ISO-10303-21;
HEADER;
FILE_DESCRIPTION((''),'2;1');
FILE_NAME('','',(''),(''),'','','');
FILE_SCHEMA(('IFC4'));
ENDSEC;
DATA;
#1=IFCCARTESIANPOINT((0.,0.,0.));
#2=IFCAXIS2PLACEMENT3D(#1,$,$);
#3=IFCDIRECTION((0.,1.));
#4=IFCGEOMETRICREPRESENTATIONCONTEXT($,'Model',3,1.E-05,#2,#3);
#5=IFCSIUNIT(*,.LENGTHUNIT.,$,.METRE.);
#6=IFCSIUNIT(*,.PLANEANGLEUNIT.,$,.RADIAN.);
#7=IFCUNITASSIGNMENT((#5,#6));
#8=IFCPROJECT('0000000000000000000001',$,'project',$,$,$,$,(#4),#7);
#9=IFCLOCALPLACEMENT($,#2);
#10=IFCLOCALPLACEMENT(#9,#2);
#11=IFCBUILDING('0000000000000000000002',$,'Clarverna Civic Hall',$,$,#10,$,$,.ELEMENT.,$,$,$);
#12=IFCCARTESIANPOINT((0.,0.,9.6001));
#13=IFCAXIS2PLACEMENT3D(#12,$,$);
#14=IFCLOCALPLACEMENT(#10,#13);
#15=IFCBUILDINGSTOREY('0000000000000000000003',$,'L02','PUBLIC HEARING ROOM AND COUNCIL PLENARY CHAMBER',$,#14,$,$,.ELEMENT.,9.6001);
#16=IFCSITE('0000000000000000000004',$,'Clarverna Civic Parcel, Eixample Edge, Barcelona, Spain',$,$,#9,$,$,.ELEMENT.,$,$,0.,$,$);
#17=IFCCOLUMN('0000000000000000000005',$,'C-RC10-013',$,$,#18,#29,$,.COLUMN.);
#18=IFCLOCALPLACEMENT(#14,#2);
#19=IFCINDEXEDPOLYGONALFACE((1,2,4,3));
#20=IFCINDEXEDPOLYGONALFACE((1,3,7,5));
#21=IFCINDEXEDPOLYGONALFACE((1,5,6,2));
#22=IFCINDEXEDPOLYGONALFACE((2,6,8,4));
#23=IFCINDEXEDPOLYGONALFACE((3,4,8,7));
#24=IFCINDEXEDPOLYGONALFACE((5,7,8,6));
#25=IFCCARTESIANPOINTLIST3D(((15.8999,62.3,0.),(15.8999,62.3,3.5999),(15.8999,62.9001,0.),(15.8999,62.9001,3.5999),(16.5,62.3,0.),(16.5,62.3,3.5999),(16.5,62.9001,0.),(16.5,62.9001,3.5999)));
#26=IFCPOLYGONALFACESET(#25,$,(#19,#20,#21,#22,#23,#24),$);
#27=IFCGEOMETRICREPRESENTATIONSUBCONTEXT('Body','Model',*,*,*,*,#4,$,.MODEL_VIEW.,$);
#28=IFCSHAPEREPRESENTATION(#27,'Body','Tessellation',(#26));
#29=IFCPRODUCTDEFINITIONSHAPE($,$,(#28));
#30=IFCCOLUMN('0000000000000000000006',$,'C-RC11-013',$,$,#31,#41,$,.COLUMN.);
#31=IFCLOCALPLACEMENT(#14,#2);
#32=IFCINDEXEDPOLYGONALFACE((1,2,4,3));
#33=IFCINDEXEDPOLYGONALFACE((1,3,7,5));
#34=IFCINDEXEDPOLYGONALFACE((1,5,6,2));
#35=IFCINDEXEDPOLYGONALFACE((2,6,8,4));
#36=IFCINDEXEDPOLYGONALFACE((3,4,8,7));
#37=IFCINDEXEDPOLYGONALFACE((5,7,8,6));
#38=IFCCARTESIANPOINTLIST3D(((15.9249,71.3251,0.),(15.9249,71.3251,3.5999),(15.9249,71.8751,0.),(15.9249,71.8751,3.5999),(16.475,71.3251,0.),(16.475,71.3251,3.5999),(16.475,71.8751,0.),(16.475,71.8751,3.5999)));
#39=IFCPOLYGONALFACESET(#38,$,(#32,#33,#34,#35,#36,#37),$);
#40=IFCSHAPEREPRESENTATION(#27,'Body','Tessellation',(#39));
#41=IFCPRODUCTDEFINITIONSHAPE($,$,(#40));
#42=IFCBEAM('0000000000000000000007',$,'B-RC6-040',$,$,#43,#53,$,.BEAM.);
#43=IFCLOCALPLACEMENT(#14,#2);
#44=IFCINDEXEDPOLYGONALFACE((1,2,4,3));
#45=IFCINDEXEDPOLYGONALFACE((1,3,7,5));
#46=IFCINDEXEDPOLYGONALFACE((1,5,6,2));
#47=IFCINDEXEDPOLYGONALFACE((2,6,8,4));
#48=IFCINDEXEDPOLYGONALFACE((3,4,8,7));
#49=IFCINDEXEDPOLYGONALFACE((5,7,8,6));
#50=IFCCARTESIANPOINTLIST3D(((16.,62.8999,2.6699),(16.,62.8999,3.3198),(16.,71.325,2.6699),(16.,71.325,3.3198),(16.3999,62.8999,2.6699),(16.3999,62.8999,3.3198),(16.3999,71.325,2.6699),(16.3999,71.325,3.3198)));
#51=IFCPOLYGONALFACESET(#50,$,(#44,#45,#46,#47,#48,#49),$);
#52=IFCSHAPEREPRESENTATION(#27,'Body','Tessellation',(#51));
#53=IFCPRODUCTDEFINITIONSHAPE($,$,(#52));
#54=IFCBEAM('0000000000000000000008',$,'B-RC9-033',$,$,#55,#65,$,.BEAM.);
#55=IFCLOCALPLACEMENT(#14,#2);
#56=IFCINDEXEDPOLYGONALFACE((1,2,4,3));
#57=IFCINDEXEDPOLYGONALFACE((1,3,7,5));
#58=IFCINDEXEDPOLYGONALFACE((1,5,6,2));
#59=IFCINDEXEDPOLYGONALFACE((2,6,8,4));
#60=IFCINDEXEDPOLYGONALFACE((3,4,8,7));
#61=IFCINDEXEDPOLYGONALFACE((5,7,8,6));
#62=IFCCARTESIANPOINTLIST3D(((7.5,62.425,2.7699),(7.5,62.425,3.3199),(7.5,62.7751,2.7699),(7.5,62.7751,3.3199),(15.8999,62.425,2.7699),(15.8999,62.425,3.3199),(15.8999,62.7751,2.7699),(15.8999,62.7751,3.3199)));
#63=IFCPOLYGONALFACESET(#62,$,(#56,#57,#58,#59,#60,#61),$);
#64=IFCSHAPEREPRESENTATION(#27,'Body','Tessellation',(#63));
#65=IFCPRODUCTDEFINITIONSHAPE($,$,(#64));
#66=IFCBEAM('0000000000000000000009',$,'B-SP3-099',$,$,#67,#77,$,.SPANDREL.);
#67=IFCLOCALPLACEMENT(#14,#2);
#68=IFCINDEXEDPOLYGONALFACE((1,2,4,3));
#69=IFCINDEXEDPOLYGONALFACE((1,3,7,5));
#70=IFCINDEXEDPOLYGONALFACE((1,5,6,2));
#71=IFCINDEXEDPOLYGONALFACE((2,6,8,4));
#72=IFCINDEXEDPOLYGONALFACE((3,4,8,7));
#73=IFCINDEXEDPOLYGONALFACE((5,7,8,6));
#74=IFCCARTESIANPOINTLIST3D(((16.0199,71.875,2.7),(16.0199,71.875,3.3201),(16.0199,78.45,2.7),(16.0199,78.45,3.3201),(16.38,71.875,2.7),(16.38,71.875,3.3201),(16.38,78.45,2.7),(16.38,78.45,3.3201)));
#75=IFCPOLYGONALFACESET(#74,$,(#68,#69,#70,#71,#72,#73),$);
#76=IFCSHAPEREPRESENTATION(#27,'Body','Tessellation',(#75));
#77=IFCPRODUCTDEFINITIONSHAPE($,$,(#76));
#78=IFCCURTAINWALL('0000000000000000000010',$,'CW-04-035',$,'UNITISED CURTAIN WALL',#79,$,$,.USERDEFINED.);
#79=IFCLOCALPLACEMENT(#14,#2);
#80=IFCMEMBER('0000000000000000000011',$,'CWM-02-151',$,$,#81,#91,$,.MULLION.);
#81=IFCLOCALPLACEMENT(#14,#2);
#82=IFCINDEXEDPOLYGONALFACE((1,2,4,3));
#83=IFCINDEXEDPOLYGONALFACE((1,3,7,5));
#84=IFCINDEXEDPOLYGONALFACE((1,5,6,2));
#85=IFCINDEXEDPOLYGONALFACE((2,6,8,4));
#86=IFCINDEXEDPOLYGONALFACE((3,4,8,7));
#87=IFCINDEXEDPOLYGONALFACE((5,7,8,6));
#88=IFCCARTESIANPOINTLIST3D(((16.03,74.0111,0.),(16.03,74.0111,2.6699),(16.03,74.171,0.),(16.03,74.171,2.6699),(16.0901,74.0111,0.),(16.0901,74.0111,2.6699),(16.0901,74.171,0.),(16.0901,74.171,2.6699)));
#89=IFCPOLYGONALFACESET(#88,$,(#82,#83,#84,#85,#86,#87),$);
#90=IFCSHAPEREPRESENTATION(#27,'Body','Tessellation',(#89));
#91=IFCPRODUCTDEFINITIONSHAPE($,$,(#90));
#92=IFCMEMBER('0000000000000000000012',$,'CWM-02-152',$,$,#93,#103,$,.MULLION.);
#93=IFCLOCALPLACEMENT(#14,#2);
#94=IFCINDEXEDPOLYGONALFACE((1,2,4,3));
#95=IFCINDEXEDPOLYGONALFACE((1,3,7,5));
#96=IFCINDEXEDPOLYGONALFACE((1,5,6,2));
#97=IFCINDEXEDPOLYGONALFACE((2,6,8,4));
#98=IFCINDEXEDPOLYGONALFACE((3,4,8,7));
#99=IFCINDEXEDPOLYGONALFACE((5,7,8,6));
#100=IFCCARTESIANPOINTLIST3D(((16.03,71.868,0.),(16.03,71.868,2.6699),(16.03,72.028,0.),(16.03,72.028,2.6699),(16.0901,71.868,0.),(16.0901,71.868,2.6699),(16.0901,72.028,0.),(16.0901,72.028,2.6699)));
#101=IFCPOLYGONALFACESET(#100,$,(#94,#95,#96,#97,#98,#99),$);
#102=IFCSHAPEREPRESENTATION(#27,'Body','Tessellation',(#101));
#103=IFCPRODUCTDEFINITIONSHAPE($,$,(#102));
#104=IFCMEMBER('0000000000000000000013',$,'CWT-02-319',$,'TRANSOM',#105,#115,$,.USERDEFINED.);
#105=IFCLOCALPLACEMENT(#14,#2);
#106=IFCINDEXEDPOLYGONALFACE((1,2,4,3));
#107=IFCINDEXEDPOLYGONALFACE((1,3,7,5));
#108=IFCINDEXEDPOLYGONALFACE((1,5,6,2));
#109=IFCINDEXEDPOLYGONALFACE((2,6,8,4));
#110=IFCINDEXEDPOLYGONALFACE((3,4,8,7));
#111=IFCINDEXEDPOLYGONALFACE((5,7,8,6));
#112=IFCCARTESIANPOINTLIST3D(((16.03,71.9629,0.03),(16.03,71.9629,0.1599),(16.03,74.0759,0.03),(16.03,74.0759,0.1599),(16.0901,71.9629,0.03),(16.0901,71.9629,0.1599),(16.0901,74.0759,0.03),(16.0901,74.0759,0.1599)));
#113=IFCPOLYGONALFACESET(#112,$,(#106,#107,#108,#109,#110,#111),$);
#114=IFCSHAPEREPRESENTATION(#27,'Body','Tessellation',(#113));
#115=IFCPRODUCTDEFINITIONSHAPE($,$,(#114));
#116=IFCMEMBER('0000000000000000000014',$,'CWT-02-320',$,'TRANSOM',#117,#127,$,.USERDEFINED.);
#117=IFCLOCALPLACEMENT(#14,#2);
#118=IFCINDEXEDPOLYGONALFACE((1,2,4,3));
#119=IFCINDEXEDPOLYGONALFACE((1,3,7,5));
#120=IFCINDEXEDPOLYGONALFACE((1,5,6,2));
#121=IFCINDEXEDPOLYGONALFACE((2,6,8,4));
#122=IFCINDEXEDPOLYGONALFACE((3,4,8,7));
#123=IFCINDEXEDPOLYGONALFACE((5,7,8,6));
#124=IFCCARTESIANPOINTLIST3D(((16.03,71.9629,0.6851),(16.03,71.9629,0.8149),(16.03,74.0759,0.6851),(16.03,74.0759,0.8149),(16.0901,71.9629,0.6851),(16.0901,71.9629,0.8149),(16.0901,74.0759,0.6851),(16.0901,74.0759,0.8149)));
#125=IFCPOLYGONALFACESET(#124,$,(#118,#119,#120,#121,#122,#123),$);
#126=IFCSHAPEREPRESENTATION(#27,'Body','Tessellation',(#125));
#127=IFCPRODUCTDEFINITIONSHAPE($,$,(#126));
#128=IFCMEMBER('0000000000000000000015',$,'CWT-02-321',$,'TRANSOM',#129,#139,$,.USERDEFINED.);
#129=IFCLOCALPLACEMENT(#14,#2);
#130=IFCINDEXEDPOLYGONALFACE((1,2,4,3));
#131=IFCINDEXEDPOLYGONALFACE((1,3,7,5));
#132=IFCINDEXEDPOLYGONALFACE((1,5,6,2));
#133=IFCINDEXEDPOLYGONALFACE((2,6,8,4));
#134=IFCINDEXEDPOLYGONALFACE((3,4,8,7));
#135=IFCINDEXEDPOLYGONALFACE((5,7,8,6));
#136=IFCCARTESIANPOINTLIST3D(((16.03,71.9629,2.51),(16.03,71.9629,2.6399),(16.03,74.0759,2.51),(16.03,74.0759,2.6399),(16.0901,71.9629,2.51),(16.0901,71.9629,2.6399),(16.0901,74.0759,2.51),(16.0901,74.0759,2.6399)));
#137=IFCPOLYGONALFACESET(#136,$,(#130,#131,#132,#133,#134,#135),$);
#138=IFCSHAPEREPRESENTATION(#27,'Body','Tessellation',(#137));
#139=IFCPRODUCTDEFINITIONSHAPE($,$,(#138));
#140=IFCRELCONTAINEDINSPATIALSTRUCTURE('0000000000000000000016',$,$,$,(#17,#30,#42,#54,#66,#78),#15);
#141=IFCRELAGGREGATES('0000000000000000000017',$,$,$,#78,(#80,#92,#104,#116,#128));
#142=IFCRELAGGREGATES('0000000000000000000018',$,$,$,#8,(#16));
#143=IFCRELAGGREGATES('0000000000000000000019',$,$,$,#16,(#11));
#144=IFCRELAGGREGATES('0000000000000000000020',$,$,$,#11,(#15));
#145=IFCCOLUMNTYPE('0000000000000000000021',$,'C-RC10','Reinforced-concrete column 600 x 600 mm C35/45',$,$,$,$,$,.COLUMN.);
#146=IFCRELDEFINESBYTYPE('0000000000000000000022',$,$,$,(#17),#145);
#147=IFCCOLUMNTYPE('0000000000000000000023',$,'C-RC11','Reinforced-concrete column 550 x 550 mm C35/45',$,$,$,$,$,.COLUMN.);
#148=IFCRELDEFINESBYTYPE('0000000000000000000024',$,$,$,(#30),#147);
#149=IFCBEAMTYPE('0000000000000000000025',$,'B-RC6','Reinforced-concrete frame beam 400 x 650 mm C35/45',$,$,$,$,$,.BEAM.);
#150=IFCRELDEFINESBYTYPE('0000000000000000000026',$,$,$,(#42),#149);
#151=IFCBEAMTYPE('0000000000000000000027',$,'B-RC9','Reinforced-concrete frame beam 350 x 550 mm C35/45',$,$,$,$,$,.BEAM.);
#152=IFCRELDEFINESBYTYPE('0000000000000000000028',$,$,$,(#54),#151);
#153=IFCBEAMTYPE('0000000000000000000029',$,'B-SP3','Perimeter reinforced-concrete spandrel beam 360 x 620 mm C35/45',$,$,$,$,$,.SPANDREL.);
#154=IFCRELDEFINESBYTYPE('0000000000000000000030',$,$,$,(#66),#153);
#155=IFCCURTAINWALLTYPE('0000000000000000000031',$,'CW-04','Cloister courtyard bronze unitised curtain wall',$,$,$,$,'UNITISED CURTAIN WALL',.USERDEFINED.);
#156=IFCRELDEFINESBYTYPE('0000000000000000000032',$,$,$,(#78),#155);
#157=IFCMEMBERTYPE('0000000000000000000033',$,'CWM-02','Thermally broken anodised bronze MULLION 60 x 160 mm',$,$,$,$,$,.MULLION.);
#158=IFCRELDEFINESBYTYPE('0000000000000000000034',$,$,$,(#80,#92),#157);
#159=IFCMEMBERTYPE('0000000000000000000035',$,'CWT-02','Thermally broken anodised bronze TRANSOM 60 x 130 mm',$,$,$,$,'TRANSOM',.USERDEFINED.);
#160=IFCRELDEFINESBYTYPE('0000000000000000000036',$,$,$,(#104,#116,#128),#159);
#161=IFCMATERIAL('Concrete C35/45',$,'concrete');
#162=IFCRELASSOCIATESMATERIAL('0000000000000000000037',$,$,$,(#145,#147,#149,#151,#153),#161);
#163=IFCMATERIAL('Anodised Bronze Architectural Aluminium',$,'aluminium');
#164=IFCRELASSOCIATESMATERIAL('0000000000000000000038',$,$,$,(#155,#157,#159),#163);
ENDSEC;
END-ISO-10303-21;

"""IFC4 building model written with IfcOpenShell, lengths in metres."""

from ifc_helpers import new_model, si_unit, direction, frame, origin, origin_2d, place, context, subcontext, project, spatial, rectangle, extrude, material, material_profile, profile_set, type_object, element, aggregate, save


model = new_model("IFC4")

# Units and contexts
model_context = context("Model", 3, precision=1e-05, world=origin(), true_north=direction((0.0, 1.0)))
body_context = subcontext(model_context, "Body", "Model", "MODEL_VIEW")
ifc_project = project(units=[si_unit("LENGTHUNIT", "METRE"), si_unit("PLANEANGLEUNIT", "RADIAN")], contexts=[model_context])

# Site, building, storey
site_placement = place(None, origin())
site = spatial("IfcSite", under=ifc_project, at=site_placement, Name="Clarverna Civic Parcel, Eixample Edge, Barcelona, Spain", CompositionType="ELEMENT", RefElevation=0.0)
building_placement = place(site_placement, origin())
building = spatial("IfcBuilding", under=site, at=building_placement, Name="Clarverna Civic Hall", CompositionType="ELEMENT")
storey_placement = place(building_placement, frame((0.0, 0.0, 9.6001)))
storey = spatial("IfcBuildingStorey", under=building, at=storey_placement, Name="L02", Description="PUBLIC HEARING ROOM AND COUNCIL PLENARY CHAMBER", CompositionType="ELEMENT", Elevation=9.6001)

# Columns
ifc_material_1 = material(Name="Concrete C35/45", Category="concrete")
ifc_material_profile_1 = material_profile(ifc_material_1, rectangle(XDim=0.6001, YDim=0.6001, at=origin_2d()), Name="RC 600x600")
ifc_profile_set_1 = profile_set([ifc_material_profile_1], Name="Concrete C35/45")
column_type_1 = type_object("IfcColumnType", Name="C-RC10", Description="Reinforced-concrete column 600 x 600 mm C35/45", PredefinedType="COLUMN", material=ifc_profile_set_1)
column_1_placement = place(storey_placement, frame((16.2, 62.6001, 0.0), z_axis=(0.0, 0.0, 1.0), x_axis=(1.0, 0.0, 0.0)))
element("IfcColumn", 1, at=column_1_placement, inside=storey, type_object=column_type_1, Name="C-RC10-013", PredefinedType="COLUMN", context=body_context, shape_type="SweptSolid", body=[
    extrude(rectangle(XDim=0.6001, YDim=0.6001, at=origin_2d()), origin(), (0.0, 0.0, 1.0), 3.5999),
])
ifc_material_profile_2 = material_profile(ifc_material_1, rectangle(XDim=0.55, YDim=0.55, at=origin_2d()), Name="RC 550x550")
ifc_profile_set_2 = profile_set([ifc_material_profile_2], Name="Concrete C35/45")
column_type_2 = type_object("IfcColumnType", Name="C-RC11", Description="Reinforced-concrete column 550 x 550 mm C35/45", PredefinedType="COLUMN", material=ifc_profile_set_2)
column_2_placement = place(storey_placement, frame((16.2, 71.6001, 0.0), z_axis=(0.0, 0.0, 1.0), x_axis=(1.0, 0.0, 0.0)))
element("IfcColumn", 2, at=column_2_placement, inside=storey, type_object=column_type_2, Name="C-RC11-013", PredefinedType="COLUMN", context=body_context, shape_type="SweptSolid", body=[
    extrude(rectangle(XDim=0.55, YDim=0.55, at=origin_2d()), origin(), (0.0, 0.0, 1.0), 3.5999),
])

# Beams
ifc_material_profile_3 = material_profile(ifc_material_1, rectangle(XDim=0.3999, YDim=0.6499, at=origin_2d()), Name="RC 400x650")
ifc_profile_set_3 = profile_set([ifc_material_profile_3], Name="Concrete C35/45")
beam_type_1 = type_object("IfcBeamType", Name="B-RC6", Description="Reinforced-concrete frame beam 400 x 650 mm C35/45", PredefinedType="BEAM", material=ifc_profile_set_3)
beam_1_placement = place(storey_placement, frame((16.2, 62.8999, 2.9949), z_axis=(0.0, 1.0, 0.0), x_axis=(-1.0, 0.0, 0.0)))
element("IfcBeam", 3, at=beam_1_placement, inside=storey, type_object=beam_type_1, Name="B-RC6-040", PredefinedType="BEAM", context=body_context, shape_type="SweptSolid", body=[
    extrude(rectangle(XDim=0.3999, YDim=0.6499, at=origin_2d()), origin(), (0.0, 0.0, 1.0), 8.425),
])
ifc_material_profile_4 = material_profile(ifc_material_1, rectangle(XDim=0.3501, YDim=0.55, at=origin_2d()), Name="RC 350x550")
ifc_profile_set_4 = profile_set([ifc_material_profile_4], Name="Concrete C35/45")
beam_type_2 = type_object("IfcBeamType", Name="B-RC9", Description="Reinforced-concrete frame beam 350 x 550 mm C35/45", PredefinedType="BEAM", material=ifc_profile_set_4)
beam_2_placement = place(storey_placement, frame((7.5, 62.6001, 3.0449), z_axis=(1.0, 0.0, 0.0), x_axis=(0.0, 1.0, 0.0)))
element("IfcBeam", 4, at=beam_2_placement, inside=storey, type_object=beam_type_2, Name="B-RC9-033", PredefinedType="BEAM", context=body_context, shape_type="SweptSolid", body=[
    extrude(rectangle(XDim=0.3501, YDim=0.55, at=origin_2d()), origin(), (0.0, 0.0, 1.0), 8.3999),
])
ifc_material_profile_5 = material_profile(ifc_material_1, rectangle(XDim=0.3601, YDim=0.6201, at=origin_2d()), Name="RC 360x620")
ifc_profile_set_5 = profile_set([ifc_material_profile_5], Name="Concrete C35/45")
beam_type_3 = type_object("IfcBeamType", Name="B-SP3", Description="Perimeter reinforced-concrete spandrel beam 360 x 620 mm C35/45", PredefinedType="SPANDREL", material=ifc_profile_set_5)
beam_3_placement = place(storey_placement, frame((16.2, 71.875, 3.01), z_axis=(0.0, 1.0, 0.0), x_axis=(-1.0, 0.0, 0.0)))
element("IfcBeam", 5, at=beam_3_placement, inside=storey, type_object=beam_type_3, Name="B-SP3-099", PredefinedType="SPANDREL", context=body_context, shape_type="SweptSolid", body=[
    extrude(rectangle(XDim=0.3601, YDim=0.6201, at=origin_2d()), origin(), (0.0, 0.0, 1.0), 6.575),
])

# Curtain wall, members
ifc_material_2 = material(Name="Anodised Bronze Architectural Aluminium", Category="aluminium")
curtain_wall_type = type_object("IfcCurtainWallType", Name="CW-04", Description="Cloister courtyard bronze unitised curtain wall", ElementType="UNITISED CURTAIN WALL", PredefinedType="USERDEFINED", material=ifc_material_2)
curtain_wall_placement = place(storey_placement, origin())
curtain_wall = element("IfcCurtainWall", 6, at=curtain_wall_placement, inside=storey, type_object=curtain_wall_type, Name="CW-04-035", ObjectType="UNITISED CURTAIN WALL", PredefinedType="USERDEFINED")
ifc_material_profile_6 = material_profile(ifc_material_2, rectangle(XDim=0.0601, YDim=0.1599, at=origin_2d()), Name="BRONZE 60x160")
ifc_profile_set_6 = profile_set([ifc_material_profile_6], Name="Anodised Bronze Architectural Aluminium")
member_type_1 = type_object("IfcMemberType", Name="CWM-02", Description="Thermally broken anodised bronze MULLION 60 x 160 mm", PredefinedType="MULLION", material=ifc_profile_set_6)
member_1_placement = place(storey_placement, frame((16.0601, 74.0911, 0.0), z_axis=(0.0, 0.0, 1.0), x_axis=(1.0, 0.0, 0.0)))
member_1 = element("IfcMember", 7, at=member_1_placement, type_object=member_type_1, Name="CWM-02-151", PredefinedType="MULLION", context=body_context, shape_type="SweptSolid", body=[
    extrude(rectangle(XDim=0.0601, YDim=0.1599, at=origin_2d()), origin(), (0.0, 0.0, 1.0), 2.6699),
])
member_2_placement = place(storey_placement, frame((16.0601, 71.948, 0.0), z_axis=(0.0, 0.0, 1.0), x_axis=(1.0, 0.0, 0.0)))
member_2 = element("IfcMember", 8, at=member_2_placement, type_object=member_type_1, Name="CWM-02-152", PredefinedType="MULLION", context=body_context, shape_type="SweptSolid", body=[
    extrude(rectangle(XDim=0.0601, YDim=0.1599, at=origin_2d()), origin(), (0.0, 0.0, 1.0), 2.6699),
])
ifc_material_profile_7 = material_profile(ifc_material_2, rectangle(XDim=0.0601, YDim=0.1299, at=origin_2d()), Name="BRONZE 60x130")
ifc_profile_set_7 = profile_set([ifc_material_profile_7], Name="Anodised Bronze Architectural Aluminium")
member_type_2 = type_object("IfcMemberType", Name="CWT-02", Description="Thermally broken anodised bronze TRANSOM 60 x 130 mm", ElementType="TRANSOM", PredefinedType="USERDEFINED", material=ifc_profile_set_7)
member_3_placement = place(storey_placement, frame((16.0601, 74.0759, 0.095), z_axis=(0.0, -1.0, 0.0), x_axis=(1.0, 0.0, 0.0)))
member_3 = element("IfcMember", 9, at=member_3_placement, type_object=member_type_2, Name="CWT-02-319", ObjectType="TRANSOM", PredefinedType="USERDEFINED", context=body_context, shape_type="SweptSolid", body=[
    extrude(rectangle(XDim=0.0601, YDim=0.1299, at=origin_2d()), origin(), (0.0, 0.0, 1.0), 2.113),
])
member_4_placement = place(storey_placement, frame((16.0601, 74.0759, 0.75), z_axis=(0.0, -1.0, 0.0), x_axis=(1.0, 0.0, 0.0)))
member_4 = element("IfcMember", 10, at=member_4_placement, type_object=member_type_2, Name="CWT-02-320", ObjectType="TRANSOM", PredefinedType="USERDEFINED", context=body_context, shape_type="SweptSolid", body=[
    extrude(rectangle(XDim=0.0601, YDim=0.1299, at=origin_2d()), origin(), (0.0, 0.0, 1.0), 2.113),
])
member_5_placement = place(storey_placement, frame((16.0601, 74.0759, 2.575), z_axis=(0.0, -1.0, 0.0), x_axis=(1.0, 0.0, 0.0)))
member_5 = element("IfcMember", 11, at=member_5_placement, type_object=member_type_2, Name="CWT-02-321", ObjectType="TRANSOM", PredefinedType="USERDEFINED", context=body_context, shape_type="SweptSolid", body=[
    extrude(rectangle(XDim=0.0601, YDim=0.1299, at=origin_2d()), origin(), (0.0, 0.0, 1.0), 2.113),
])

aggregate(curtain_wall, [member_1, member_2, member_3, member_4, member_5])

save(model, "model.ifc")
